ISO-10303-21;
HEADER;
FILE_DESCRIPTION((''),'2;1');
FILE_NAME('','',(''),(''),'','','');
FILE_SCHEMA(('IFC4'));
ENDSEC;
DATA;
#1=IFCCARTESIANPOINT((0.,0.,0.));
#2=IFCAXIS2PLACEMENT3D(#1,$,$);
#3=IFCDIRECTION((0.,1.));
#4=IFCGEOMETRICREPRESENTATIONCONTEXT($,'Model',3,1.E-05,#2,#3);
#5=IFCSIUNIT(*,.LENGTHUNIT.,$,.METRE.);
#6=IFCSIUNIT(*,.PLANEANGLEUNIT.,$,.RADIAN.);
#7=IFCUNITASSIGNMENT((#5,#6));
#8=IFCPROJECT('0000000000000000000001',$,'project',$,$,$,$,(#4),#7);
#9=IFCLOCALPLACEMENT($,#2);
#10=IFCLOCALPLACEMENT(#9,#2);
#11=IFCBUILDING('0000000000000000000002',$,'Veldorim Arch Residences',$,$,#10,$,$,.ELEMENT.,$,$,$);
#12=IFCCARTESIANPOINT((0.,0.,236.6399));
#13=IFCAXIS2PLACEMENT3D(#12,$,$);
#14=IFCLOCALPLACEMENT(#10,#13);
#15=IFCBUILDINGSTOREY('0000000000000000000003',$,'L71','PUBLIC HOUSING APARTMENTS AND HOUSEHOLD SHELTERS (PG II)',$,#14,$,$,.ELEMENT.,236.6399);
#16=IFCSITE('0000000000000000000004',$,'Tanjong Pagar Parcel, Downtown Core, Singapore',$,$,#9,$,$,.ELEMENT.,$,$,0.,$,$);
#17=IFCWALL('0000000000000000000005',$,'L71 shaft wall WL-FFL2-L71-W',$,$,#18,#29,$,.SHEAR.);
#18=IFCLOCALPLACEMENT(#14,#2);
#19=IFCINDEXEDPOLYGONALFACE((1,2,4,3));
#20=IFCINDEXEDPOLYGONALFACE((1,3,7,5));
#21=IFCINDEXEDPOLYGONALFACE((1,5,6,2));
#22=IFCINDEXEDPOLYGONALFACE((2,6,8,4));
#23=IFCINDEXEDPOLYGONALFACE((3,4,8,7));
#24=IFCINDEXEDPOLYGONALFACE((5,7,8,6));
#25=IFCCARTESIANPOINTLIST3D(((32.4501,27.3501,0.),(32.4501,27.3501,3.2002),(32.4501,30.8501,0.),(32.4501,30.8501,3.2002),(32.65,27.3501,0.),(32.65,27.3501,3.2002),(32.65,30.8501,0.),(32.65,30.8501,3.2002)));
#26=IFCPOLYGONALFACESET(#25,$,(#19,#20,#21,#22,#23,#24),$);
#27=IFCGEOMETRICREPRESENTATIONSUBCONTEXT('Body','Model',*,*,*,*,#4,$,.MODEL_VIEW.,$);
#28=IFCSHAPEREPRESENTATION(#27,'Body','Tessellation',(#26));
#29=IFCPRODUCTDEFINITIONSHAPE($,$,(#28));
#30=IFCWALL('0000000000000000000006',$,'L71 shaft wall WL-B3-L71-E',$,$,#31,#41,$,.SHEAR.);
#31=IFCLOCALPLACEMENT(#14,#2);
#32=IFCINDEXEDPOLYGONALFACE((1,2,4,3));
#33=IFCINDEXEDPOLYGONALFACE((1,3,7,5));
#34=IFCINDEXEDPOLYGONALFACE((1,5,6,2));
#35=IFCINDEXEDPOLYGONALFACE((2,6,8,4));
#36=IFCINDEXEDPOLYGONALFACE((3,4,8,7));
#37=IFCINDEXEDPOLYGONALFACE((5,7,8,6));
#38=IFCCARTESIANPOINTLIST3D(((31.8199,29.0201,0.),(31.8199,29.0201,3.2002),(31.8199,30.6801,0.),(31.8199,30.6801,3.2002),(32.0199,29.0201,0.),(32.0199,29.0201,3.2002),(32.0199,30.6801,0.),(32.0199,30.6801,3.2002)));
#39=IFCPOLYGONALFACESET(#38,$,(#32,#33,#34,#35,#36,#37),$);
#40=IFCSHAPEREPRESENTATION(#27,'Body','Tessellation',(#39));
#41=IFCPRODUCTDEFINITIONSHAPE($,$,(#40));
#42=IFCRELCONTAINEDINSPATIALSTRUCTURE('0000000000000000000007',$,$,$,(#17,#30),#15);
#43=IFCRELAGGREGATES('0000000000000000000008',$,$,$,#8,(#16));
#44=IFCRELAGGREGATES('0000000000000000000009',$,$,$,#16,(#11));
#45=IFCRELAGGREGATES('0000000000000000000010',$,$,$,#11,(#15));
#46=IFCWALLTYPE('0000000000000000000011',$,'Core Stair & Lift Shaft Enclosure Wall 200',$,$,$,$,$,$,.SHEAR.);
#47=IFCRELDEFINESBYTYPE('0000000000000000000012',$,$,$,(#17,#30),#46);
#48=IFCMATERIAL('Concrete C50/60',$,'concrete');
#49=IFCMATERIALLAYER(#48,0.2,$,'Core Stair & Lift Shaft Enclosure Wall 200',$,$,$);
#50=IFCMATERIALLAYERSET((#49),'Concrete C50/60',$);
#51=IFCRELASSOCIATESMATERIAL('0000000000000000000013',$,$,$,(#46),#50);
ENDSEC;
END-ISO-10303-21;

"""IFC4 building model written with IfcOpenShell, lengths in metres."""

from ifc_helpers import new_model, si_unit, direction, frame, frame_2d, origin, place, context, subcontext, project, spatial, rectangle, extrude, material, layer, layer_set, type_object, element, save


model = new_model("IFC4")

# Units and contexts
model_context = context("Model", 3, precision=1e-05, world=origin(), true_north=direction((0.0, 1.0)))
body_context = subcontext(model_context, "Body", "Model", "MODEL_VIEW")
ifc_project = project(units=[si_unit("LENGTHUNIT", "METRE"), si_unit("PLANEANGLEUNIT", "RADIAN")], contexts=[model_context])

# Site, building, storey
site_placement = place(None, origin())
site = spatial("IfcSite", under=ifc_project, at=site_placement, Name="Tanjong Pagar Parcel, Downtown Core, Singapore", CompositionType="ELEMENT", RefElevation=0.0)
building_placement = place(site_placement, origin())
building = spatial("IfcBuilding", under=site, at=building_placement, Name="Veldorim Arch Residences", CompositionType="ELEMENT")
storey_placement = place(building_placement, frame((0.0, 0.0, 236.6399)))
storey = spatial("IfcBuildingStorey", under=building, at=storey_placement, Name="L71", Description="PUBLIC HOUSING APARTMENTS AND HOUSEHOLD SHELTERS (PG II)", CompositionType="ELEMENT", Elevation=236.6399)

# Shared definitions
ifc_material_1 = material(Name="Concrete C50/60", Category="concrete")
ifc_layer_1 = layer(ifc_material_1, 0.2, Name="Core Stair & Lift Shaft Enclosure Wall 200")
ifc_layer_set_1 = layer_set([ifc_layer_1], Name="Concrete C50/60")
wall_type_1 = type_object("IfcWallType", Name="Core Stair & Lift Shaft Enclosure Wall 200", PredefinedType="SHEAR", material=ifc_layer_set_1)

# Wall
wall_1_placement = place(storey_placement, frame((32.55, 27.3501, 0.0), z_axis=(0.0, 0.0, 1.0), x_axis=(0.0, 1.0, 0.0)))
element("IfcWall", 1, at=wall_1_placement, inside=storey, type_object=wall_type_1, Name="L71 shaft wall WL-FFL2-L71-W", PredefinedType="SHEAR", context=body_context, shape_type="SweptSolid", body=[
    extrude(rectangle(XDim=3.5, YDim=0.2, at=frame_2d((1.75, 0.0))), origin(), (0.0, 0.0, 1.0), 3.2002),
])

# Wall
wall_2_placement = place(storey_placement, frame((31.9199, 29.02, 0.0), z_axis=(0.0, 0.0, 1.0), x_axis=(0.0, 1.0, 0.0)))
element("IfcWall", 2, at=wall_2_placement, inside=storey, type_object=wall_type_1, Name="L71 shaft wall WL-B3-L71-E", PredefinedType="SHEAR", context=body_context, shape_type="SweptSolid", body=[
    extrude(rectangle(XDim=1.6599, YDim=0.2, at=frame_2d((0.8301, 0.0))), origin(), (0.0, 0.0, 1.0), 3.2002),
])

save(model, "model.ifc")
